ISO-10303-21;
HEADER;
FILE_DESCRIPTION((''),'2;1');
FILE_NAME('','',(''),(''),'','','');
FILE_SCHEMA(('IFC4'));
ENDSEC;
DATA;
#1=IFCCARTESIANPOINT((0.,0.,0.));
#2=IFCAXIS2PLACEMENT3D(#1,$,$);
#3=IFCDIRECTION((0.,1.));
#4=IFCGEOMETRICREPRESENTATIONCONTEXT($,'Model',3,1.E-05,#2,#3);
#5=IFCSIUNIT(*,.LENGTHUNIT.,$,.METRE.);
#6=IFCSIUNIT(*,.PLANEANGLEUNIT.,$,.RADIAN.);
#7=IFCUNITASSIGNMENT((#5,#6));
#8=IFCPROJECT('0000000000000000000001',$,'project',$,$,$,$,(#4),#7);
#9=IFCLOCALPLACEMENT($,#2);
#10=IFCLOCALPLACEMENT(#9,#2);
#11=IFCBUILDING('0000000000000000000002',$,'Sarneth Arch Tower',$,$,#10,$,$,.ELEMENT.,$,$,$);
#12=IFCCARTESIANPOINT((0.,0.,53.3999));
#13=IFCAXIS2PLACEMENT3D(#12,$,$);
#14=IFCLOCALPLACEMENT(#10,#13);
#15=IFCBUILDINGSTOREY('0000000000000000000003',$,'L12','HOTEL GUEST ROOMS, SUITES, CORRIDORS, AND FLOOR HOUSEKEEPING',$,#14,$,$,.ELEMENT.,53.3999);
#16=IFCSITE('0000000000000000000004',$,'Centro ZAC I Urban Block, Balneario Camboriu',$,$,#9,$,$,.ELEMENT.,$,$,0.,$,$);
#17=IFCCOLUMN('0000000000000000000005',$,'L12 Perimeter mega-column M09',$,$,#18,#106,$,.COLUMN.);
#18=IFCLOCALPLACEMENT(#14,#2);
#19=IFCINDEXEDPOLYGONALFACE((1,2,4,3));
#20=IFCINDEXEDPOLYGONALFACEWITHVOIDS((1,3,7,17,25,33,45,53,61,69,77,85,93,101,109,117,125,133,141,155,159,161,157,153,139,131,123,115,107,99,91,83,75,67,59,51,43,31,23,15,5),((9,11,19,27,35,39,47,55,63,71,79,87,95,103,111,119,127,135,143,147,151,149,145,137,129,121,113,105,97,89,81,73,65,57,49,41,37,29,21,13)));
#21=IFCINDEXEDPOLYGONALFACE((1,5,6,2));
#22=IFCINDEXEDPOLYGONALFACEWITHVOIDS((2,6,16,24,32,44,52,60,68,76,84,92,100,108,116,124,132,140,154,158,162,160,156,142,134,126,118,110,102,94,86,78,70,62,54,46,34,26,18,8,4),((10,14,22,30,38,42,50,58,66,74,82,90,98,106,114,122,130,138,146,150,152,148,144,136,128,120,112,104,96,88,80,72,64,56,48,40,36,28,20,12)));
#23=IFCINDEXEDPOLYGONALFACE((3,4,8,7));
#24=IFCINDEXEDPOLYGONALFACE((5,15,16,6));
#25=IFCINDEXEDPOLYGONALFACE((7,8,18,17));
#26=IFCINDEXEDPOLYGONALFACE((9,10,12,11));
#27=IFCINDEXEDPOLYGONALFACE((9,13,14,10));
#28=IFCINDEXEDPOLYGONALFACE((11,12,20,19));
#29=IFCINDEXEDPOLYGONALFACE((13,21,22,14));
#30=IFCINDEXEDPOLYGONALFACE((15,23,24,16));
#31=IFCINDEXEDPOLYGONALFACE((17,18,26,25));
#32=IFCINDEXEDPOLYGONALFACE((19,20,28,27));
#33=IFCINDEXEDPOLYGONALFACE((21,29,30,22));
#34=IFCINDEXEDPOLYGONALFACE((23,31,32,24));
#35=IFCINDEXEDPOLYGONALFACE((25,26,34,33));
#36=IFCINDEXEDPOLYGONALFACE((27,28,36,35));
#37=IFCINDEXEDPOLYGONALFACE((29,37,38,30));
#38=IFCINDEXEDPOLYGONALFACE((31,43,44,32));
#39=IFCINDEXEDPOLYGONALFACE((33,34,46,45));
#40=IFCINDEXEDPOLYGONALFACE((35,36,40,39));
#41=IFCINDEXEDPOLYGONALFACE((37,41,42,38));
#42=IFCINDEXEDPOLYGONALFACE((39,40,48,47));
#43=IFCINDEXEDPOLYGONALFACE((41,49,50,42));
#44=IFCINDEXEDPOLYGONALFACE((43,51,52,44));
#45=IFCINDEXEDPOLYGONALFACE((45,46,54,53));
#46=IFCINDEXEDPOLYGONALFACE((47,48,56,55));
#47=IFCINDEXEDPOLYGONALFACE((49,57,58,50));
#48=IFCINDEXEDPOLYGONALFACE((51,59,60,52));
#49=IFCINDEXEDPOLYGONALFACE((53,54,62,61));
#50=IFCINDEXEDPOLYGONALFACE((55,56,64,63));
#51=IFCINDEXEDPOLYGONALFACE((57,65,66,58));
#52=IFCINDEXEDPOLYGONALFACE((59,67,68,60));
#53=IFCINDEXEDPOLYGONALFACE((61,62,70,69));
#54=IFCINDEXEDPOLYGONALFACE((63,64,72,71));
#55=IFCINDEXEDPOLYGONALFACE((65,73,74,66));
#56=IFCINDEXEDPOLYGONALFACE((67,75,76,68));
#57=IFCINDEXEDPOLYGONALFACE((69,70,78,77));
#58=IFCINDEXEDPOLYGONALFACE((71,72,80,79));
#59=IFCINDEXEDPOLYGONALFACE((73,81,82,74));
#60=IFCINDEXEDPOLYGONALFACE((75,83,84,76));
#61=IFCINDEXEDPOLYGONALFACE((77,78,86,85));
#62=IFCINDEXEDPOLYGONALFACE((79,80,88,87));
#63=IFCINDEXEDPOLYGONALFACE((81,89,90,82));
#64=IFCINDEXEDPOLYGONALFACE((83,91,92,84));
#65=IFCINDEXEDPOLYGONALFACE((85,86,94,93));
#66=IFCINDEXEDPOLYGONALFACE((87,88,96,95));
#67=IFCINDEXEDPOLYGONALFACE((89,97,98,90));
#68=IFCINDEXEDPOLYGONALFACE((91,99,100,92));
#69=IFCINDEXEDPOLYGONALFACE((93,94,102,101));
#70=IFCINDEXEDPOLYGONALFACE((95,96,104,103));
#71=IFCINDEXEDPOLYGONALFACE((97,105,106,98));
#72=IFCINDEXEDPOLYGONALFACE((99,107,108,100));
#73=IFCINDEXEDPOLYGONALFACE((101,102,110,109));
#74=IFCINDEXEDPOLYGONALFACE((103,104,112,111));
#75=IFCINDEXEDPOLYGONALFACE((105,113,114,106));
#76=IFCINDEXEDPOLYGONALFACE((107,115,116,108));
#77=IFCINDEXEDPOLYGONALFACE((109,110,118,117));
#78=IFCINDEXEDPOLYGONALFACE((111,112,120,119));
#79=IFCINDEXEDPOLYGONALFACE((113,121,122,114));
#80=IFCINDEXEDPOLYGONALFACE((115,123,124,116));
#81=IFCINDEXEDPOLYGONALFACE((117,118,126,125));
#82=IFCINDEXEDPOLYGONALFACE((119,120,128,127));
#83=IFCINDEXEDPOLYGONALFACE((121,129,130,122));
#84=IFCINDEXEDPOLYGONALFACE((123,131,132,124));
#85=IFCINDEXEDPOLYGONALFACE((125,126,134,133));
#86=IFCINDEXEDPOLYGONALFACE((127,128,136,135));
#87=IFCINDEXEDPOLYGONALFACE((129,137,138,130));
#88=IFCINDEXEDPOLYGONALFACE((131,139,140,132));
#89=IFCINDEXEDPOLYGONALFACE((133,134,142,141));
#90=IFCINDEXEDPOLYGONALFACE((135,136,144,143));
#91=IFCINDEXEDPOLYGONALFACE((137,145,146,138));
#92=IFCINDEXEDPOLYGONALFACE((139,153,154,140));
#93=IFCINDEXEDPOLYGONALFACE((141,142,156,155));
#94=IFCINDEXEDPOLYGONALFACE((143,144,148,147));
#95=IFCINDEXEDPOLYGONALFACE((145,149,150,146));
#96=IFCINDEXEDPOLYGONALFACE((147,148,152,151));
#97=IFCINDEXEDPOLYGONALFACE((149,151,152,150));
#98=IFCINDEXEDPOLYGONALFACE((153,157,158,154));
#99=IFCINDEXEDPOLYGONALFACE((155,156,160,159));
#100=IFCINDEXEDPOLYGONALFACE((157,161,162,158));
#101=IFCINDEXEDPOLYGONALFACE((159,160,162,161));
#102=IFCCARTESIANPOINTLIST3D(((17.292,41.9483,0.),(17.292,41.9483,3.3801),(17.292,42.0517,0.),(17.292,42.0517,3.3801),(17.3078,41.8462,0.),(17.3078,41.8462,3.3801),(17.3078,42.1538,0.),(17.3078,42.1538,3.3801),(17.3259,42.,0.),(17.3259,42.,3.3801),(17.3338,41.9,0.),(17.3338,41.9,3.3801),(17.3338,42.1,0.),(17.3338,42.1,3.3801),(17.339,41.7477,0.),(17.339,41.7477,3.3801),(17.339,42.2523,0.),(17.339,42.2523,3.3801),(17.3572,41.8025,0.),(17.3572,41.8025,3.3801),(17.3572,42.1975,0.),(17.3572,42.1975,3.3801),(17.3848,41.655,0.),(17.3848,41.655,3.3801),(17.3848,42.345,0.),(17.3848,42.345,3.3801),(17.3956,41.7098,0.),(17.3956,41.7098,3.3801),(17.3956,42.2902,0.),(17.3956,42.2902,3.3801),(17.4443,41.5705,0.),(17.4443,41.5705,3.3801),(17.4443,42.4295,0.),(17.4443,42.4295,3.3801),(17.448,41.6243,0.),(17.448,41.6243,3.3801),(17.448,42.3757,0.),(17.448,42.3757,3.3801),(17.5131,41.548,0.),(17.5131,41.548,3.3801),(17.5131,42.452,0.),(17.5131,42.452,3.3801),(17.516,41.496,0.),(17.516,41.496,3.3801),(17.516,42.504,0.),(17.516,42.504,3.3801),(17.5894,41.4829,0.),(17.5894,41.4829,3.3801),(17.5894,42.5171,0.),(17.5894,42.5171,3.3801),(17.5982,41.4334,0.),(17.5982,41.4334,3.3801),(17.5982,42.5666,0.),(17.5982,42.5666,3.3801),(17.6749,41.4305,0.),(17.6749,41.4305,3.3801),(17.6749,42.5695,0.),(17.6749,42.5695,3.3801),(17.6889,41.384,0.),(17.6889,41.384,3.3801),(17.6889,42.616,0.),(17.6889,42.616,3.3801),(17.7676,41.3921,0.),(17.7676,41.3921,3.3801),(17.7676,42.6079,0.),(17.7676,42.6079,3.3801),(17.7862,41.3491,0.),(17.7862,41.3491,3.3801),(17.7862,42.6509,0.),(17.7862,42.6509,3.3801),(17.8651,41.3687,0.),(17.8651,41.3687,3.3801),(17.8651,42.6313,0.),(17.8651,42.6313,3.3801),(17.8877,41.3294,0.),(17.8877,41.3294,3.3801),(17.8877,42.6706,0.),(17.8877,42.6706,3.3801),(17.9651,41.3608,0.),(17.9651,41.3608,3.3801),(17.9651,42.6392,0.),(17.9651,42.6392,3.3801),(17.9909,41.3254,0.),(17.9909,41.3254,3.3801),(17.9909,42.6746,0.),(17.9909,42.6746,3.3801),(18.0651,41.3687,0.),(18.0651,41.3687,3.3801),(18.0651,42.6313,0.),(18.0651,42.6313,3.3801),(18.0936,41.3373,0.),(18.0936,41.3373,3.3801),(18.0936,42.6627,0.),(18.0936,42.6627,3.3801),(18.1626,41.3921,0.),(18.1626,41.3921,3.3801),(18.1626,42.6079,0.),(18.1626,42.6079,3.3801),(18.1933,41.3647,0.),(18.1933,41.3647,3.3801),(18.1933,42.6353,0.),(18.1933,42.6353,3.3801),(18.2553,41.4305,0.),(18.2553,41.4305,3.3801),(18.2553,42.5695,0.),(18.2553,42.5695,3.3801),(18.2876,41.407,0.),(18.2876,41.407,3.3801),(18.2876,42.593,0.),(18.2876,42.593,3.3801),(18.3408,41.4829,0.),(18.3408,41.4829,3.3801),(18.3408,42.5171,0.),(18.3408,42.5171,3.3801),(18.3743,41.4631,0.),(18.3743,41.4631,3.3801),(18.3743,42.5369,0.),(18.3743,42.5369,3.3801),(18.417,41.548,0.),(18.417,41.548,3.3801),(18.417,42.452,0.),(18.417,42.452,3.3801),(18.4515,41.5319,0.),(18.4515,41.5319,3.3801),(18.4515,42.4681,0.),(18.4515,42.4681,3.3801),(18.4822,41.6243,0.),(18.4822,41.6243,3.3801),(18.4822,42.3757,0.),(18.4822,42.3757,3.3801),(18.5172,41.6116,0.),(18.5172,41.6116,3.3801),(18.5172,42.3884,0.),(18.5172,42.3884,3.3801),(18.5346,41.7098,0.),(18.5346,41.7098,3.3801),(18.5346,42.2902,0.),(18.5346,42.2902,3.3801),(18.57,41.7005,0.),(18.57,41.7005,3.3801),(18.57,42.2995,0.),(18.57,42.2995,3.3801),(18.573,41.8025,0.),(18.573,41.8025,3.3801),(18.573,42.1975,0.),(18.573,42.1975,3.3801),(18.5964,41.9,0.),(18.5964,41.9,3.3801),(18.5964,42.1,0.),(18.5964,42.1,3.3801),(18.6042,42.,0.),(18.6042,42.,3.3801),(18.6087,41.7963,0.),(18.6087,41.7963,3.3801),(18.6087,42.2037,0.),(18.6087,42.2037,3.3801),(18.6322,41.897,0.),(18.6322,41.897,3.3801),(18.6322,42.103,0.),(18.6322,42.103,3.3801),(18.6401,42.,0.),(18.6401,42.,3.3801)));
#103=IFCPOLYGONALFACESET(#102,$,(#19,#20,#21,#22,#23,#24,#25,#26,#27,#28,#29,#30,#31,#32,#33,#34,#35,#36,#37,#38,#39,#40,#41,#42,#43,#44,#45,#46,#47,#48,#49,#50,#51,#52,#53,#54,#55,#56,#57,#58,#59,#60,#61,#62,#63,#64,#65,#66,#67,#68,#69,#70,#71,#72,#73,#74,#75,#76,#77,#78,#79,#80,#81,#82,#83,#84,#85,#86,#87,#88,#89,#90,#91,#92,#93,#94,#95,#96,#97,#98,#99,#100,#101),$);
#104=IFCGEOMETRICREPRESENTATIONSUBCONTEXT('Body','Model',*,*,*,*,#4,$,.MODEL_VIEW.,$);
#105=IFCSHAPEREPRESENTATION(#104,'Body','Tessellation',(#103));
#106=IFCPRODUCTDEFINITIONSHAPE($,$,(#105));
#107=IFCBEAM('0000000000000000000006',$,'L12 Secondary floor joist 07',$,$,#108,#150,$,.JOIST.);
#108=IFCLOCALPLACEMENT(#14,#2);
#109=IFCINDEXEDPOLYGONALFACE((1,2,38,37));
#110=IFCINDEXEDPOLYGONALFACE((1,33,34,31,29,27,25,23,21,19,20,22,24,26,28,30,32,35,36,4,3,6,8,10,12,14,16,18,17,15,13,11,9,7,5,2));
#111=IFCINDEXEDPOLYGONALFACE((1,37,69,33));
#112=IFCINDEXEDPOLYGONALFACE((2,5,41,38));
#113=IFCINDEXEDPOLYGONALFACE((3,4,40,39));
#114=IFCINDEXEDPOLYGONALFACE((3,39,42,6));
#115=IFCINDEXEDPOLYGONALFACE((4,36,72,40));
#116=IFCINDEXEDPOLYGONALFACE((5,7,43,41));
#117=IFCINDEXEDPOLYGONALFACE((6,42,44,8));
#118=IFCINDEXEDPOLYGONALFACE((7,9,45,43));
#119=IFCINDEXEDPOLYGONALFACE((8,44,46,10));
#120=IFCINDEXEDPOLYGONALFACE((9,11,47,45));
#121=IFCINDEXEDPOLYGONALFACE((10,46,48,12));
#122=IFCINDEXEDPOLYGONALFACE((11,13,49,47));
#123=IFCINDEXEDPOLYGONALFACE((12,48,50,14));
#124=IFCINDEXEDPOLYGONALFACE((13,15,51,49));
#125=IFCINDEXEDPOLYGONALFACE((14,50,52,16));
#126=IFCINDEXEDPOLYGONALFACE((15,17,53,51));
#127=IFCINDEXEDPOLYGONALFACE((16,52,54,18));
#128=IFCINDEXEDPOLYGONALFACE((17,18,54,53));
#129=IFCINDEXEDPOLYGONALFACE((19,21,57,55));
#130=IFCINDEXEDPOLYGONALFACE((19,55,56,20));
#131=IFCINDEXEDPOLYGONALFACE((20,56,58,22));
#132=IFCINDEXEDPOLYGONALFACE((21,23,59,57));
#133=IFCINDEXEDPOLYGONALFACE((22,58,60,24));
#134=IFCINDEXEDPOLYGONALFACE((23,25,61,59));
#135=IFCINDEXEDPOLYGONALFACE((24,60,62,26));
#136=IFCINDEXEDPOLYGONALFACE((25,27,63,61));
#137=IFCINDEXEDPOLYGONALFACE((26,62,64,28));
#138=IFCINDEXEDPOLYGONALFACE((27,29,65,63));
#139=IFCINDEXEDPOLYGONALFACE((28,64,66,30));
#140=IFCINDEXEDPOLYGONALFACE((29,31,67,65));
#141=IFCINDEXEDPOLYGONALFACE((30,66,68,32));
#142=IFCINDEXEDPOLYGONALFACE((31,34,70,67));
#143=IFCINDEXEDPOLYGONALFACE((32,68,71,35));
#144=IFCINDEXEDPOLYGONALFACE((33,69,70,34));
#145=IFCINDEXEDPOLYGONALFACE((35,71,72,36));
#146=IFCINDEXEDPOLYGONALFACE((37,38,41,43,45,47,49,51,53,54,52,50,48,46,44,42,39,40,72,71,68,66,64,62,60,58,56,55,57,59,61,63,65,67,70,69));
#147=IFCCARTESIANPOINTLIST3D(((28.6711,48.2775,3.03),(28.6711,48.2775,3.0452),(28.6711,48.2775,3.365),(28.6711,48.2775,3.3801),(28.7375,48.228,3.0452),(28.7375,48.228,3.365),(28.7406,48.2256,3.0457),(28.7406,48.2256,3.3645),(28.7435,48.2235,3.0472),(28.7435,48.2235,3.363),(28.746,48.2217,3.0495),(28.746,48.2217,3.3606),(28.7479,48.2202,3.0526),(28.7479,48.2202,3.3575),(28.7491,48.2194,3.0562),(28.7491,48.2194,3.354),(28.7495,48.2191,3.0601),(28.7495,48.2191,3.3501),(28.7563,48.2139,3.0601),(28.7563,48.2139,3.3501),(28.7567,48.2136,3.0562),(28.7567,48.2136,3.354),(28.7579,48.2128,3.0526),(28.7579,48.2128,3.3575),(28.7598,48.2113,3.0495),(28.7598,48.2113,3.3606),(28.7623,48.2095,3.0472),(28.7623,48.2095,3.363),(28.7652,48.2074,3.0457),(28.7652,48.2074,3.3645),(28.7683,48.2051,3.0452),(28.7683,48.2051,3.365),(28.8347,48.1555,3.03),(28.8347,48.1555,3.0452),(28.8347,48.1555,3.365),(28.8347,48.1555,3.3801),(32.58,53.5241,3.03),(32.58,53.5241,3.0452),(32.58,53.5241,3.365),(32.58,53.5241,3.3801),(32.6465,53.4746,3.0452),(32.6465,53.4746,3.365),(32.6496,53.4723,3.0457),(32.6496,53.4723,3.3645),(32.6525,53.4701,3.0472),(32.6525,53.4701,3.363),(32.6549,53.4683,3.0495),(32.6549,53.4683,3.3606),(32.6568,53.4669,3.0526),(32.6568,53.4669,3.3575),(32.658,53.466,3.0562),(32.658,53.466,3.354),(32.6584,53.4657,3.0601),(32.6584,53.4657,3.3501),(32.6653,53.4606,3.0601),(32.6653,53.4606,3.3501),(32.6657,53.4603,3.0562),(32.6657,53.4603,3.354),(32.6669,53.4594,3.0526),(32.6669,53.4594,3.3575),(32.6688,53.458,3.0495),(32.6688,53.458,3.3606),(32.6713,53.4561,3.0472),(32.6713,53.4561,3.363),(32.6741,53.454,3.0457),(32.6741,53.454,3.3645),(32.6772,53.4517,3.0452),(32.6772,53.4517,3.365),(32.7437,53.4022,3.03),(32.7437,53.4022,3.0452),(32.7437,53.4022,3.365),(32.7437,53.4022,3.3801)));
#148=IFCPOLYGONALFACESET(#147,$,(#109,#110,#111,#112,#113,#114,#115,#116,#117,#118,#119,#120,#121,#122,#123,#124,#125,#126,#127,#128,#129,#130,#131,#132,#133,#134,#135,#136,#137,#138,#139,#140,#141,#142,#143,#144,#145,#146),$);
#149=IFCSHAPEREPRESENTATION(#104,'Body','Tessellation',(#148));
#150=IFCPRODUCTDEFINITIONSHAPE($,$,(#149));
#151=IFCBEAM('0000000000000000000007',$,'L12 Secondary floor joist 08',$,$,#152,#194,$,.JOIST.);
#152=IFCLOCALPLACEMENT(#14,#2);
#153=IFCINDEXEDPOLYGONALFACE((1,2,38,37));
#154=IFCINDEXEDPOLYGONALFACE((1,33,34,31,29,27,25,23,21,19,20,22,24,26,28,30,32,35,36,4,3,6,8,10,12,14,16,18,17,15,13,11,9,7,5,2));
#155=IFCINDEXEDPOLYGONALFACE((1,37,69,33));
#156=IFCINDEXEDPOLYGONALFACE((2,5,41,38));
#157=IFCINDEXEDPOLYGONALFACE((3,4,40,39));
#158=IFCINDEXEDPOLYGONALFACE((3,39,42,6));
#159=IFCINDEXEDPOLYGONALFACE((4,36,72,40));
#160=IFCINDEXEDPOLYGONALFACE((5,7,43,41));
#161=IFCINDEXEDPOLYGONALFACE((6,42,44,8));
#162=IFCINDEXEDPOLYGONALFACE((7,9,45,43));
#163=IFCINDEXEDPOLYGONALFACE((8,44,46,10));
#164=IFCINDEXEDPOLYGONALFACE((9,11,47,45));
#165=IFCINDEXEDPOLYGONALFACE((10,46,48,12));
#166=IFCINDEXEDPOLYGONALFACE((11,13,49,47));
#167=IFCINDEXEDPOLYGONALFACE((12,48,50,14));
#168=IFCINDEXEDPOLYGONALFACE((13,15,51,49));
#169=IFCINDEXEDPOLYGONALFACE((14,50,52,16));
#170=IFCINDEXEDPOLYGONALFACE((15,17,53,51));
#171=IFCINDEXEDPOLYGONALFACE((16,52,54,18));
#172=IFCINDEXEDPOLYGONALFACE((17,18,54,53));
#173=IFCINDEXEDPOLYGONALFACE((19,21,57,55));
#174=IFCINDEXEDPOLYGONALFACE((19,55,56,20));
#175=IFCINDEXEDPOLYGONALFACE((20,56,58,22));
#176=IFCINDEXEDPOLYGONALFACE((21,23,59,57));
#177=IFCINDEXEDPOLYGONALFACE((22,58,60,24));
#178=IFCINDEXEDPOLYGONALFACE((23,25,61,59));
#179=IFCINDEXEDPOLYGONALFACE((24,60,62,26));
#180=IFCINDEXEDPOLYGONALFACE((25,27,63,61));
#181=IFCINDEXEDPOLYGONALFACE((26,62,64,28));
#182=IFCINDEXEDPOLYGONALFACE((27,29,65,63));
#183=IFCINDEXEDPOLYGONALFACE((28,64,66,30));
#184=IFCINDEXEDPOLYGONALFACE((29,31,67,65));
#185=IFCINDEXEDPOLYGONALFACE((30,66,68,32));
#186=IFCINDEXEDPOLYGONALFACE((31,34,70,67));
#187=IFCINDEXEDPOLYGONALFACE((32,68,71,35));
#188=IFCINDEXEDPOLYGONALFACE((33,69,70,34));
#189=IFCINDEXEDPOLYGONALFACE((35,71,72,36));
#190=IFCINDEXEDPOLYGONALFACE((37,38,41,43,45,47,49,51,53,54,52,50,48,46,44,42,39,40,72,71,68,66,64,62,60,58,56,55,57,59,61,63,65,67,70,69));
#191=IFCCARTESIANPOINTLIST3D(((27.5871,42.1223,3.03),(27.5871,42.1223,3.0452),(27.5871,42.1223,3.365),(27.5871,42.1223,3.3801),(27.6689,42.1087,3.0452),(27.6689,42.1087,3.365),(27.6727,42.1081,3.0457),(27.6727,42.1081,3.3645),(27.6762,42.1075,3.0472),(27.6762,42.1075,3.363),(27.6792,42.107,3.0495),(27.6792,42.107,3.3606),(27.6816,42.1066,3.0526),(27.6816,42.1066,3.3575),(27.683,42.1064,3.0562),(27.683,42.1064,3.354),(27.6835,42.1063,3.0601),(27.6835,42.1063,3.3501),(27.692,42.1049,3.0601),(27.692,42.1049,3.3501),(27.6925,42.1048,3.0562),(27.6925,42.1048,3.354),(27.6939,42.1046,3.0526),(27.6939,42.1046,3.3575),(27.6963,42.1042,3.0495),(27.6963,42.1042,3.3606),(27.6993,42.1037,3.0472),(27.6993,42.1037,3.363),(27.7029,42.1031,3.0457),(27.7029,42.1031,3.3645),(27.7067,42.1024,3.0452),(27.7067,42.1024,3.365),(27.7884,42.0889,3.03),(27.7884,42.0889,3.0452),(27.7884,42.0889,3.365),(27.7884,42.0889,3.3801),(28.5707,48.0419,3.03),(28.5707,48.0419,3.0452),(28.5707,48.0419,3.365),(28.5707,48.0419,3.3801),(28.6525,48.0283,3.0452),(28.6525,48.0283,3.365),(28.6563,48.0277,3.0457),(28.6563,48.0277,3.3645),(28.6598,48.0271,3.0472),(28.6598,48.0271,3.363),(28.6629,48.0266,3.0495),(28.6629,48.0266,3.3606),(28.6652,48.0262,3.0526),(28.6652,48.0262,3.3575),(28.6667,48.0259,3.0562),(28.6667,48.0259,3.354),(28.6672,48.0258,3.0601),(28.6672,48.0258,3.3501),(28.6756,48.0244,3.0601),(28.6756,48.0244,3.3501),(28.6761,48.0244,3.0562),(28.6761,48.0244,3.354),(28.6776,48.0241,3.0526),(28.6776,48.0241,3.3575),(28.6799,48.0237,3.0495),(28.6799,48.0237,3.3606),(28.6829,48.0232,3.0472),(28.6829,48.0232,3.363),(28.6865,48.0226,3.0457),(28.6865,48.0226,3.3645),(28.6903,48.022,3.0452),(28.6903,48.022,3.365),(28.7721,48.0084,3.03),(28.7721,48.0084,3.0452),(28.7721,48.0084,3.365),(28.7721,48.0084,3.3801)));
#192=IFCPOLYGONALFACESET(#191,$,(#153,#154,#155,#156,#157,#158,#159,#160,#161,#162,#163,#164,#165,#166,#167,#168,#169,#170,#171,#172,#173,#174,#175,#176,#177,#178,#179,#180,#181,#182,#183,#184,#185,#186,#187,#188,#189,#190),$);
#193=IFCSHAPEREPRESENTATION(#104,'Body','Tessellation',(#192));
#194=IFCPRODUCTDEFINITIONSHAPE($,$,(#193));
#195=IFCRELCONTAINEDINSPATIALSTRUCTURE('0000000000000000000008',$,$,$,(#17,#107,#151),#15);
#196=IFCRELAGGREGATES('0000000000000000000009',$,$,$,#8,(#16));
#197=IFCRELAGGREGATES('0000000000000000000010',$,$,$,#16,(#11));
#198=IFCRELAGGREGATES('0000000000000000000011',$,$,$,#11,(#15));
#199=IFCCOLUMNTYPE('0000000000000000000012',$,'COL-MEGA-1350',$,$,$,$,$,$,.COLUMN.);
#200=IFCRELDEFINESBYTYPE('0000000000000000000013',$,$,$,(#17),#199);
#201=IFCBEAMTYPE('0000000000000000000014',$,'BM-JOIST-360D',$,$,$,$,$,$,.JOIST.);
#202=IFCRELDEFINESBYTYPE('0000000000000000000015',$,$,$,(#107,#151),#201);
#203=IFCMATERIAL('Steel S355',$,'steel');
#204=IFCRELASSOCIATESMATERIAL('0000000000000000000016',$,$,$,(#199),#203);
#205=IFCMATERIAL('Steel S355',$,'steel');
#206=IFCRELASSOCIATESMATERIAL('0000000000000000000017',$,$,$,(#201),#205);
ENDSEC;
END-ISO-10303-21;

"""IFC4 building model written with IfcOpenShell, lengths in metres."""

from ifc_helpers import new_model, si_unit, direction, frame, origin, origin_2d, place, context, subcontext, project, spatial, hollow_circle, i_section, extrude, material, material_profile, profile_set, type_object, element, save


model = new_model("IFC4")

# Units and contexts
model_context = context("Model", 3, precision=1e-05, world=origin(), true_north=direction((0.0, 1.0)))
body_context = subcontext(model_context, "Body", "Model", "MODEL_VIEW")
ifc_project = project(units=[si_unit("LENGTHUNIT", "METRE"), si_unit("PLANEANGLEUNIT", "RADIAN")], contexts=[model_context])

# Site, building, storey
site_placement = place(None, origin())
site = spatial("IfcSite", under=ifc_project, at=site_placement, Name="Centro ZAC I Urban Block, Balneario Camboriu", CompositionType="ELEMENT", RefElevation=0.0)
building_placement = place(site_placement, origin())
building = spatial("IfcBuilding", under=site, at=building_placement, Name="Sarneth Arch Tower", CompositionType="ELEMENT")
storey_placement = place(building_placement, frame((0.0, 0.0, 53.3999)))
storey = spatial("IfcBuildingStorey", under=building, at=storey_placement, Name="L12", Description="HOTEL GUEST ROOMS, SUITES, CORRIDORS, AND FLOOR HOUSEKEEPING", CompositionType="ELEMENT", Elevation=53.3999)

# Column
ifc_material_1 = material(Name="Steel S355", Category="steel")
ifc_material_profile_1 = material_profile(ifc_material_1, hollow_circle(Radius=0.675, WallThickness=0.0359, at=origin_2d()), Name="CHS1350x36")
ifc_profile_set_1 = profile_set([ifc_material_profile_1], Name="Steel S355")
column_type = type_object("IfcColumnType", Name="COL-MEGA-1350", PredefinedType="COLUMN", material=ifc_profile_set_1)
for number, where, z_axis, x_axis, name in (
    (1, (17.9651, 42.0, 0.0), (0.0, 0.0, 1.0), (1.0, 0.0, 0.0), "L12 Perimeter mega-column M09"),
):
    element("IfcColumn", number, at=place(storey_placement, frame(where, z_axis=z_axis, x_axis=x_axis)), inside=storey, type_object=column_type, Name=name, PredefinedType="COLUMN", context=body_context, shape_type="SweptSolid", body=[
        extrude(hollow_circle(Radius=0.675, WallThickness=0.0359, at=origin_2d()), origin(), (0.0, 0.0, 1.0), 3.3801),
    ])

# Beams
ifc_material_2 = material(Name="Steel S355", Category="steel")
ifc_material_profile_2 = material_profile(ifc_material_2, i_section(OverallWidth=0.2041, OverallDepth=0.3501, WebThickness=0.0085, FlangeThickness=0.0151, FilletRadius=0.0149, at=origin_2d()), Name="W360x72")
ifc_profile_set_2 = profile_set([ifc_material_profile_2], Name="Steel S355")
beam_type_1 = type_object("IfcBeamType", Name="BM-JOIST-360D", PredefinedType="JOIST", material=ifc_profile_set_2)
beam_1_placement = place(storey_placement, frame((32.6619, 53.4631, 3.2051), z_axis=(-0.597454, -0.801904, 0.0), x_axis=(0.801904, -0.597454, 0.0)))
element("IfcBeam", 2, at=beam_1_placement, inside=storey, type_object=beam_type_1, Name="L12 Secondary floor joist 07", PredefinedType="JOIST", context=body_context, shape_type="SweptSolid", body=[
    extrude(i_section(OverallWidth=0.2041, OverallDepth=0.3501, WebThickness=0.0085, FlangeThickness=0.0151, FilletRadius=0.0149, at=origin_2d()), origin(), (0.0, 0.0, 1.0), 6.5427),
])
beam_2_placement = place(storey_placement, frame((28.6714, 48.0251, 3.2051), z_axis=(-0.163917, -0.986474, 0.0), x_axis=(0.986474, -0.163917, 0.0)))
element("IfcBeam", 3, at=beam_2_placement, inside=storey, type_object=beam_type_1, Name="L12 Secondary floor joist 08", PredefinedType="JOIST", context=body_context, shape_type="SweptSolid", body=[
    extrude(i_section(OverallWidth=0.2041, OverallDepth=0.3501, WebThickness=0.0085, FlangeThickness=0.0151, FilletRadius=0.0149, at=origin_2d()), origin(), (0.0, 0.0, 1.0), 6.0007),
])

save(model, "model.ifc")
